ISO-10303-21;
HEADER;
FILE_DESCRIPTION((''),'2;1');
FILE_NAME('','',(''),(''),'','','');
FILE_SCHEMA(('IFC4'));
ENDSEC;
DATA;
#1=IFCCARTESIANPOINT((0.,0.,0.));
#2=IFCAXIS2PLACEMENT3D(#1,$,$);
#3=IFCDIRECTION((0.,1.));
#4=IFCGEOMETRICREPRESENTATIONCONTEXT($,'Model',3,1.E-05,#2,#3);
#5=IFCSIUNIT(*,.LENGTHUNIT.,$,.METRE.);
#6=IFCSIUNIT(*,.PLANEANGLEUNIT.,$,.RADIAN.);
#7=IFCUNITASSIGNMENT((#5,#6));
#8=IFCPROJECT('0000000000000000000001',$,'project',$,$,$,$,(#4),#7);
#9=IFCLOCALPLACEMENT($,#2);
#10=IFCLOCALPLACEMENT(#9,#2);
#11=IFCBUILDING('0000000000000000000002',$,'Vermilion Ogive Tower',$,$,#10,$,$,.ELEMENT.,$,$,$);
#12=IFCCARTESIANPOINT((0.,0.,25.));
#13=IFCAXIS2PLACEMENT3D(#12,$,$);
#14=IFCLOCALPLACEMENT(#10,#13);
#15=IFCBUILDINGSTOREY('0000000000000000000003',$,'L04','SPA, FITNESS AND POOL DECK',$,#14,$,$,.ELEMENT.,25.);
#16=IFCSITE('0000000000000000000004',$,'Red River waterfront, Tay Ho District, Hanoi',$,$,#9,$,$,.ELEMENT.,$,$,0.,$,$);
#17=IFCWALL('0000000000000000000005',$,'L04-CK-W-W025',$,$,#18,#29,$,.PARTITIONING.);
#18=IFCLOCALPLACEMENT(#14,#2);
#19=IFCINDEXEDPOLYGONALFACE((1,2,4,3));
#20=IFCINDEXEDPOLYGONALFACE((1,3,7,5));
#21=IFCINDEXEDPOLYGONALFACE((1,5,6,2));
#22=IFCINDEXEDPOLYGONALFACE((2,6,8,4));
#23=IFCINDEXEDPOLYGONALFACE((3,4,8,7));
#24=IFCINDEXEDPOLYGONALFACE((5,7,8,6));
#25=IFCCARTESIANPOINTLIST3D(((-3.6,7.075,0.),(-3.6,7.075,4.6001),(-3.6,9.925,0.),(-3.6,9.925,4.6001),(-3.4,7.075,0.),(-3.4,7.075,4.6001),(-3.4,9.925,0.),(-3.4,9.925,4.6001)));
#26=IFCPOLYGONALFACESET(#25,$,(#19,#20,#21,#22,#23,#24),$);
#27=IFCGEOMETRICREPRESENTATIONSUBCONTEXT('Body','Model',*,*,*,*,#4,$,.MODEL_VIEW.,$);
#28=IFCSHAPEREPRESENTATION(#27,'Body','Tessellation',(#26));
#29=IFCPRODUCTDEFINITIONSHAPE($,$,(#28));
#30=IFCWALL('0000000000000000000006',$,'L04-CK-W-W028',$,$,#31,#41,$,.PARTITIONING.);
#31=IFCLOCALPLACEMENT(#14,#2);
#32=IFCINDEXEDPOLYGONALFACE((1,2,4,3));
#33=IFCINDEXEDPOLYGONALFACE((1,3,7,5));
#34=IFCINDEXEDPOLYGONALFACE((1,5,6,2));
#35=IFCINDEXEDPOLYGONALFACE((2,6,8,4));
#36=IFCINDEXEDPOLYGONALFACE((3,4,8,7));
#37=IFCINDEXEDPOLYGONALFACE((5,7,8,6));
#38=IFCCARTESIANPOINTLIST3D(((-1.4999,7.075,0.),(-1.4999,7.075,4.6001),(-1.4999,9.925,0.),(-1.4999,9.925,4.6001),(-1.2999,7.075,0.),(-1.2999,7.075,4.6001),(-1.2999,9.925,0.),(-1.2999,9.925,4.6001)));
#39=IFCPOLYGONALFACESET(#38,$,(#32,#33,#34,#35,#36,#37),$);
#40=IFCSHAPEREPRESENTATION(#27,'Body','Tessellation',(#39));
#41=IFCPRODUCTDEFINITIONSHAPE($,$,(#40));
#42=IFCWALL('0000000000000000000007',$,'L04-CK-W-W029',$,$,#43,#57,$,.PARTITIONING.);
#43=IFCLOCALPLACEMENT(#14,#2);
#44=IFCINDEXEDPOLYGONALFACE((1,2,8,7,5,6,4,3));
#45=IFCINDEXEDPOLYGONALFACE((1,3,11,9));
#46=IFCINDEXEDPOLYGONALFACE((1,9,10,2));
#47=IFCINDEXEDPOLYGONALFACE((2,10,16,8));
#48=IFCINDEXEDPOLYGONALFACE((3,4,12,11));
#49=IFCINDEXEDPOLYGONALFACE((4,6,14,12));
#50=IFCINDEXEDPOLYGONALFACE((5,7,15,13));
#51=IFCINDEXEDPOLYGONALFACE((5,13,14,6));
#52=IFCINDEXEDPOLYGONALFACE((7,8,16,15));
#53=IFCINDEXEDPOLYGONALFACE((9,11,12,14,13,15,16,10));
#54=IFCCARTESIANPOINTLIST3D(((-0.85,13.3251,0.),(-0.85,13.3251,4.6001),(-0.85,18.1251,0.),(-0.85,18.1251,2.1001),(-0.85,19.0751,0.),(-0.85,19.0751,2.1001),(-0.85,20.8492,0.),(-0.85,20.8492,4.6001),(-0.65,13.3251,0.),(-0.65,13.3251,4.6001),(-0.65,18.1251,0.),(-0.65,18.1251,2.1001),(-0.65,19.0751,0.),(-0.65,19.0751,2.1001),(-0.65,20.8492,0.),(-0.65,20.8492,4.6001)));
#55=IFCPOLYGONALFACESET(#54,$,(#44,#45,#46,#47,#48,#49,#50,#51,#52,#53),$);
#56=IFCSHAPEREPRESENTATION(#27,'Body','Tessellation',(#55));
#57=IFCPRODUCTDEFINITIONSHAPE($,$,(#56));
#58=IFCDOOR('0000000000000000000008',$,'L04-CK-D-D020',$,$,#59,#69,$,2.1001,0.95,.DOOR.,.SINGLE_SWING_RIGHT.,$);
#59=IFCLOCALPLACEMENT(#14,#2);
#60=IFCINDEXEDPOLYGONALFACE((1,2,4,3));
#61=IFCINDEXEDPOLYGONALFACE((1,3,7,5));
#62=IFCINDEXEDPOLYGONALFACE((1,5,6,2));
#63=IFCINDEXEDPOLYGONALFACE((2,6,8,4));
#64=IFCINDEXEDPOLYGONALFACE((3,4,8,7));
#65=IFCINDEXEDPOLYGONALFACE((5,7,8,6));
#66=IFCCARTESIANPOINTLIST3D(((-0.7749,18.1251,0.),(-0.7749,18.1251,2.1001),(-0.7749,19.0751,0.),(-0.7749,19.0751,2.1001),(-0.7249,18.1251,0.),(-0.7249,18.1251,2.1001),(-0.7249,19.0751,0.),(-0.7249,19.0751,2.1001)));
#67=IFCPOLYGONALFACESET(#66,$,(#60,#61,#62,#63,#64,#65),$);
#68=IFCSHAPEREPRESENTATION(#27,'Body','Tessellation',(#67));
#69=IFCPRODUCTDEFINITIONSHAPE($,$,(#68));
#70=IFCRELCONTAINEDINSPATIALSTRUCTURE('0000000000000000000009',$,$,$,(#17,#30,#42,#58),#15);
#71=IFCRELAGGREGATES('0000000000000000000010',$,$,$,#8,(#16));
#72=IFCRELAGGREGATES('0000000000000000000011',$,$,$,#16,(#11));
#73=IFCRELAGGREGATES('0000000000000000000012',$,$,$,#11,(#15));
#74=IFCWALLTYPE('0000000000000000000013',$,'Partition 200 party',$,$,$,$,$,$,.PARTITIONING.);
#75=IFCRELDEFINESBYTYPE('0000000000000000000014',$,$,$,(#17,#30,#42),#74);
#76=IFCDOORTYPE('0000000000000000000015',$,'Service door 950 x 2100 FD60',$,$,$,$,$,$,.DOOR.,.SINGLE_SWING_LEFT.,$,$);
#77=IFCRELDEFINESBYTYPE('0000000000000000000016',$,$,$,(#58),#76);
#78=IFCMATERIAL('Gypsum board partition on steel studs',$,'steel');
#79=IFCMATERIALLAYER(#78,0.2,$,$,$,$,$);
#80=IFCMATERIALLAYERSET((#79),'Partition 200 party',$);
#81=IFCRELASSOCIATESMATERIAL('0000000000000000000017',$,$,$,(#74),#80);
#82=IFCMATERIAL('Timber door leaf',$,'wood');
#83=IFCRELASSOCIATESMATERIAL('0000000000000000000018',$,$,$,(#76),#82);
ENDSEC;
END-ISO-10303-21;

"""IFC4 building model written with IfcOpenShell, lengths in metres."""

from ifc_helpers import new_model, si_unit, direction, frame, frame_2d, origin, place, context, subcontext, project, spatial, rectangle, extrude, material, layer, layer_set, type_object, element, fill, save


model = new_model("IFC4")

# Units and contexts
model_context = context("Model", 3, precision=1e-05, world=origin(), true_north=direction((0.0, 1.0)))
body_context = subcontext(model_context, "Body", "Model", "MODEL_VIEW")
ifc_project = project(units=[si_unit("LENGTHUNIT", "METRE"), si_unit("PLANEANGLEUNIT", "RADIAN")], contexts=[model_context])

# Site, building, storey
site_placement = place(None, origin())
site = spatial("IfcSite", under=ifc_project, at=site_placement, Name="Red River waterfront, Tay Ho District, Hanoi", CompositionType="ELEMENT", RefElevation=0.0)
building_placement = place(site_placement, origin())
building = spatial("IfcBuilding", under=site, at=building_placement, Name="Vermilion Ogive Tower", CompositionType="ELEMENT")
storey_placement = place(building_placement, frame((0.0, 0.0, 25.0)))
storey = spatial("IfcBuildingStorey", under=building, at=storey_placement, Name="L04", Description="SPA, FITNESS AND POOL DECK", CompositionType="ELEMENT", Elevation=25.0)

# Walls
ifc_material_1 = material(Name="Gypsum board partition on steel studs", Category="steel")
ifc_layer_1 = layer(ifc_material_1, 0.2)
ifc_layer_set_1 = layer_set([ifc_layer_1], Name="Partition 200 party")
wall_type_1 = type_object("IfcWallType", Name="Partition 200 party", PredefinedType="PARTITIONING", material=ifc_layer_set_1)
for number, where, z_axis, x_axis, name in (
    (1, (-3.5, 7.075, 0.0), (0.0, 0.0, 1.0), (0.0, 1.0, 0.0), "L04-CK-W-W025"),
    (2, (-1.3999, 7.075, 0.0), (0.0, 0.0, 1.0), (0.0, 1.0, 0.0), "L04-CK-W-W028"),
):
    element("IfcWall", number, at=place(storey_placement, frame(where, z_axis=z_axis, x_axis=x_axis)), inside=storey, type_object=wall_type_1, Name=name, PredefinedType="PARTITIONING", context=body_context, shape_type="SweptSolid", body=[
        extrude(rectangle(XDim=2.8501, YDim=0.2, at=frame_2d((1.425, 0.0))), origin(), (0.0, 0.0, 1.0), 4.6001),
    ])

# Wall, opening, door
wall_1_placement = place(storey_placement, frame((-0.75, 13.325, 0.0), z_axis=(0.0, 0.0, 1.0), x_axis=(0.0, 1.0, 0.0)))
wall_1 = element("IfcWall", 3, at=wall_1_placement, inside=storey, type_object=wall_type_1, Name="L04-CK-W-W029", PredefinedType="PARTITIONING", context=body_context, shape_type="SweptSolid", body=[
    extrude(rectangle(XDim=7.5242, YDim=0.2, at=frame_2d((3.7622, 0.0))), origin(), (0.0, 0.0, 1.0), 4.6001),
])
opening_1_placement = place(wall_1_placement, frame((4.8, 0.0, 0.0)))
opening_1 = element("IfcOpeningElement", 4, at=opening_1_placement, cuts=wall_1, PredefinedType="OPENING", context=body_context, shape_type="SweptSolid", body=[
    extrude(rectangle(XDim=0.95, YDim=2.1001, at=frame_2d((0.4751, 1.05))), frame((0.0, 0.1099, 0.0), z_axis=(0.0, -1.0, 0.0), x_axis=(1.0, 0.0, 0.0)), (0.0, 0.0, 1.0), 0.22),
])
ifc_material_2 = material(Name="Timber door leaf", Category="wood")
door_type_1 = type_object("IfcDoorType", Name="Service door 950 x 2100 FD60", OperationType="SINGLE_SWING_LEFT", PredefinedType="DOOR", material=ifc_material_2)
door_1_placement = place(opening_1_placement, origin())
door_1 = element("IfcDoor", 5, at=door_1_placement, inside=storey, type_object=door_type_1, Name="L04-CK-D-D020", OperationType="SINGLE_SWING_RIGHT", OverallHeight=2.1001, OverallWidth=0.95, PredefinedType="DOOR", context=body_context, shape_type="SweptSolid", body=[
    extrude(rectangle(XDim=0.95, YDim=2.1001, at=frame_2d((0.4751, 1.05))), frame((0.0, 0.0249, 0.0), z_axis=(0.0, -1.0, 0.0), x_axis=(1.0, 0.0, 0.0)), (0.0, 0.0, 1.0), 0.05),
])
fill(opening_1, door_1)

save(model, "model.ifc")
